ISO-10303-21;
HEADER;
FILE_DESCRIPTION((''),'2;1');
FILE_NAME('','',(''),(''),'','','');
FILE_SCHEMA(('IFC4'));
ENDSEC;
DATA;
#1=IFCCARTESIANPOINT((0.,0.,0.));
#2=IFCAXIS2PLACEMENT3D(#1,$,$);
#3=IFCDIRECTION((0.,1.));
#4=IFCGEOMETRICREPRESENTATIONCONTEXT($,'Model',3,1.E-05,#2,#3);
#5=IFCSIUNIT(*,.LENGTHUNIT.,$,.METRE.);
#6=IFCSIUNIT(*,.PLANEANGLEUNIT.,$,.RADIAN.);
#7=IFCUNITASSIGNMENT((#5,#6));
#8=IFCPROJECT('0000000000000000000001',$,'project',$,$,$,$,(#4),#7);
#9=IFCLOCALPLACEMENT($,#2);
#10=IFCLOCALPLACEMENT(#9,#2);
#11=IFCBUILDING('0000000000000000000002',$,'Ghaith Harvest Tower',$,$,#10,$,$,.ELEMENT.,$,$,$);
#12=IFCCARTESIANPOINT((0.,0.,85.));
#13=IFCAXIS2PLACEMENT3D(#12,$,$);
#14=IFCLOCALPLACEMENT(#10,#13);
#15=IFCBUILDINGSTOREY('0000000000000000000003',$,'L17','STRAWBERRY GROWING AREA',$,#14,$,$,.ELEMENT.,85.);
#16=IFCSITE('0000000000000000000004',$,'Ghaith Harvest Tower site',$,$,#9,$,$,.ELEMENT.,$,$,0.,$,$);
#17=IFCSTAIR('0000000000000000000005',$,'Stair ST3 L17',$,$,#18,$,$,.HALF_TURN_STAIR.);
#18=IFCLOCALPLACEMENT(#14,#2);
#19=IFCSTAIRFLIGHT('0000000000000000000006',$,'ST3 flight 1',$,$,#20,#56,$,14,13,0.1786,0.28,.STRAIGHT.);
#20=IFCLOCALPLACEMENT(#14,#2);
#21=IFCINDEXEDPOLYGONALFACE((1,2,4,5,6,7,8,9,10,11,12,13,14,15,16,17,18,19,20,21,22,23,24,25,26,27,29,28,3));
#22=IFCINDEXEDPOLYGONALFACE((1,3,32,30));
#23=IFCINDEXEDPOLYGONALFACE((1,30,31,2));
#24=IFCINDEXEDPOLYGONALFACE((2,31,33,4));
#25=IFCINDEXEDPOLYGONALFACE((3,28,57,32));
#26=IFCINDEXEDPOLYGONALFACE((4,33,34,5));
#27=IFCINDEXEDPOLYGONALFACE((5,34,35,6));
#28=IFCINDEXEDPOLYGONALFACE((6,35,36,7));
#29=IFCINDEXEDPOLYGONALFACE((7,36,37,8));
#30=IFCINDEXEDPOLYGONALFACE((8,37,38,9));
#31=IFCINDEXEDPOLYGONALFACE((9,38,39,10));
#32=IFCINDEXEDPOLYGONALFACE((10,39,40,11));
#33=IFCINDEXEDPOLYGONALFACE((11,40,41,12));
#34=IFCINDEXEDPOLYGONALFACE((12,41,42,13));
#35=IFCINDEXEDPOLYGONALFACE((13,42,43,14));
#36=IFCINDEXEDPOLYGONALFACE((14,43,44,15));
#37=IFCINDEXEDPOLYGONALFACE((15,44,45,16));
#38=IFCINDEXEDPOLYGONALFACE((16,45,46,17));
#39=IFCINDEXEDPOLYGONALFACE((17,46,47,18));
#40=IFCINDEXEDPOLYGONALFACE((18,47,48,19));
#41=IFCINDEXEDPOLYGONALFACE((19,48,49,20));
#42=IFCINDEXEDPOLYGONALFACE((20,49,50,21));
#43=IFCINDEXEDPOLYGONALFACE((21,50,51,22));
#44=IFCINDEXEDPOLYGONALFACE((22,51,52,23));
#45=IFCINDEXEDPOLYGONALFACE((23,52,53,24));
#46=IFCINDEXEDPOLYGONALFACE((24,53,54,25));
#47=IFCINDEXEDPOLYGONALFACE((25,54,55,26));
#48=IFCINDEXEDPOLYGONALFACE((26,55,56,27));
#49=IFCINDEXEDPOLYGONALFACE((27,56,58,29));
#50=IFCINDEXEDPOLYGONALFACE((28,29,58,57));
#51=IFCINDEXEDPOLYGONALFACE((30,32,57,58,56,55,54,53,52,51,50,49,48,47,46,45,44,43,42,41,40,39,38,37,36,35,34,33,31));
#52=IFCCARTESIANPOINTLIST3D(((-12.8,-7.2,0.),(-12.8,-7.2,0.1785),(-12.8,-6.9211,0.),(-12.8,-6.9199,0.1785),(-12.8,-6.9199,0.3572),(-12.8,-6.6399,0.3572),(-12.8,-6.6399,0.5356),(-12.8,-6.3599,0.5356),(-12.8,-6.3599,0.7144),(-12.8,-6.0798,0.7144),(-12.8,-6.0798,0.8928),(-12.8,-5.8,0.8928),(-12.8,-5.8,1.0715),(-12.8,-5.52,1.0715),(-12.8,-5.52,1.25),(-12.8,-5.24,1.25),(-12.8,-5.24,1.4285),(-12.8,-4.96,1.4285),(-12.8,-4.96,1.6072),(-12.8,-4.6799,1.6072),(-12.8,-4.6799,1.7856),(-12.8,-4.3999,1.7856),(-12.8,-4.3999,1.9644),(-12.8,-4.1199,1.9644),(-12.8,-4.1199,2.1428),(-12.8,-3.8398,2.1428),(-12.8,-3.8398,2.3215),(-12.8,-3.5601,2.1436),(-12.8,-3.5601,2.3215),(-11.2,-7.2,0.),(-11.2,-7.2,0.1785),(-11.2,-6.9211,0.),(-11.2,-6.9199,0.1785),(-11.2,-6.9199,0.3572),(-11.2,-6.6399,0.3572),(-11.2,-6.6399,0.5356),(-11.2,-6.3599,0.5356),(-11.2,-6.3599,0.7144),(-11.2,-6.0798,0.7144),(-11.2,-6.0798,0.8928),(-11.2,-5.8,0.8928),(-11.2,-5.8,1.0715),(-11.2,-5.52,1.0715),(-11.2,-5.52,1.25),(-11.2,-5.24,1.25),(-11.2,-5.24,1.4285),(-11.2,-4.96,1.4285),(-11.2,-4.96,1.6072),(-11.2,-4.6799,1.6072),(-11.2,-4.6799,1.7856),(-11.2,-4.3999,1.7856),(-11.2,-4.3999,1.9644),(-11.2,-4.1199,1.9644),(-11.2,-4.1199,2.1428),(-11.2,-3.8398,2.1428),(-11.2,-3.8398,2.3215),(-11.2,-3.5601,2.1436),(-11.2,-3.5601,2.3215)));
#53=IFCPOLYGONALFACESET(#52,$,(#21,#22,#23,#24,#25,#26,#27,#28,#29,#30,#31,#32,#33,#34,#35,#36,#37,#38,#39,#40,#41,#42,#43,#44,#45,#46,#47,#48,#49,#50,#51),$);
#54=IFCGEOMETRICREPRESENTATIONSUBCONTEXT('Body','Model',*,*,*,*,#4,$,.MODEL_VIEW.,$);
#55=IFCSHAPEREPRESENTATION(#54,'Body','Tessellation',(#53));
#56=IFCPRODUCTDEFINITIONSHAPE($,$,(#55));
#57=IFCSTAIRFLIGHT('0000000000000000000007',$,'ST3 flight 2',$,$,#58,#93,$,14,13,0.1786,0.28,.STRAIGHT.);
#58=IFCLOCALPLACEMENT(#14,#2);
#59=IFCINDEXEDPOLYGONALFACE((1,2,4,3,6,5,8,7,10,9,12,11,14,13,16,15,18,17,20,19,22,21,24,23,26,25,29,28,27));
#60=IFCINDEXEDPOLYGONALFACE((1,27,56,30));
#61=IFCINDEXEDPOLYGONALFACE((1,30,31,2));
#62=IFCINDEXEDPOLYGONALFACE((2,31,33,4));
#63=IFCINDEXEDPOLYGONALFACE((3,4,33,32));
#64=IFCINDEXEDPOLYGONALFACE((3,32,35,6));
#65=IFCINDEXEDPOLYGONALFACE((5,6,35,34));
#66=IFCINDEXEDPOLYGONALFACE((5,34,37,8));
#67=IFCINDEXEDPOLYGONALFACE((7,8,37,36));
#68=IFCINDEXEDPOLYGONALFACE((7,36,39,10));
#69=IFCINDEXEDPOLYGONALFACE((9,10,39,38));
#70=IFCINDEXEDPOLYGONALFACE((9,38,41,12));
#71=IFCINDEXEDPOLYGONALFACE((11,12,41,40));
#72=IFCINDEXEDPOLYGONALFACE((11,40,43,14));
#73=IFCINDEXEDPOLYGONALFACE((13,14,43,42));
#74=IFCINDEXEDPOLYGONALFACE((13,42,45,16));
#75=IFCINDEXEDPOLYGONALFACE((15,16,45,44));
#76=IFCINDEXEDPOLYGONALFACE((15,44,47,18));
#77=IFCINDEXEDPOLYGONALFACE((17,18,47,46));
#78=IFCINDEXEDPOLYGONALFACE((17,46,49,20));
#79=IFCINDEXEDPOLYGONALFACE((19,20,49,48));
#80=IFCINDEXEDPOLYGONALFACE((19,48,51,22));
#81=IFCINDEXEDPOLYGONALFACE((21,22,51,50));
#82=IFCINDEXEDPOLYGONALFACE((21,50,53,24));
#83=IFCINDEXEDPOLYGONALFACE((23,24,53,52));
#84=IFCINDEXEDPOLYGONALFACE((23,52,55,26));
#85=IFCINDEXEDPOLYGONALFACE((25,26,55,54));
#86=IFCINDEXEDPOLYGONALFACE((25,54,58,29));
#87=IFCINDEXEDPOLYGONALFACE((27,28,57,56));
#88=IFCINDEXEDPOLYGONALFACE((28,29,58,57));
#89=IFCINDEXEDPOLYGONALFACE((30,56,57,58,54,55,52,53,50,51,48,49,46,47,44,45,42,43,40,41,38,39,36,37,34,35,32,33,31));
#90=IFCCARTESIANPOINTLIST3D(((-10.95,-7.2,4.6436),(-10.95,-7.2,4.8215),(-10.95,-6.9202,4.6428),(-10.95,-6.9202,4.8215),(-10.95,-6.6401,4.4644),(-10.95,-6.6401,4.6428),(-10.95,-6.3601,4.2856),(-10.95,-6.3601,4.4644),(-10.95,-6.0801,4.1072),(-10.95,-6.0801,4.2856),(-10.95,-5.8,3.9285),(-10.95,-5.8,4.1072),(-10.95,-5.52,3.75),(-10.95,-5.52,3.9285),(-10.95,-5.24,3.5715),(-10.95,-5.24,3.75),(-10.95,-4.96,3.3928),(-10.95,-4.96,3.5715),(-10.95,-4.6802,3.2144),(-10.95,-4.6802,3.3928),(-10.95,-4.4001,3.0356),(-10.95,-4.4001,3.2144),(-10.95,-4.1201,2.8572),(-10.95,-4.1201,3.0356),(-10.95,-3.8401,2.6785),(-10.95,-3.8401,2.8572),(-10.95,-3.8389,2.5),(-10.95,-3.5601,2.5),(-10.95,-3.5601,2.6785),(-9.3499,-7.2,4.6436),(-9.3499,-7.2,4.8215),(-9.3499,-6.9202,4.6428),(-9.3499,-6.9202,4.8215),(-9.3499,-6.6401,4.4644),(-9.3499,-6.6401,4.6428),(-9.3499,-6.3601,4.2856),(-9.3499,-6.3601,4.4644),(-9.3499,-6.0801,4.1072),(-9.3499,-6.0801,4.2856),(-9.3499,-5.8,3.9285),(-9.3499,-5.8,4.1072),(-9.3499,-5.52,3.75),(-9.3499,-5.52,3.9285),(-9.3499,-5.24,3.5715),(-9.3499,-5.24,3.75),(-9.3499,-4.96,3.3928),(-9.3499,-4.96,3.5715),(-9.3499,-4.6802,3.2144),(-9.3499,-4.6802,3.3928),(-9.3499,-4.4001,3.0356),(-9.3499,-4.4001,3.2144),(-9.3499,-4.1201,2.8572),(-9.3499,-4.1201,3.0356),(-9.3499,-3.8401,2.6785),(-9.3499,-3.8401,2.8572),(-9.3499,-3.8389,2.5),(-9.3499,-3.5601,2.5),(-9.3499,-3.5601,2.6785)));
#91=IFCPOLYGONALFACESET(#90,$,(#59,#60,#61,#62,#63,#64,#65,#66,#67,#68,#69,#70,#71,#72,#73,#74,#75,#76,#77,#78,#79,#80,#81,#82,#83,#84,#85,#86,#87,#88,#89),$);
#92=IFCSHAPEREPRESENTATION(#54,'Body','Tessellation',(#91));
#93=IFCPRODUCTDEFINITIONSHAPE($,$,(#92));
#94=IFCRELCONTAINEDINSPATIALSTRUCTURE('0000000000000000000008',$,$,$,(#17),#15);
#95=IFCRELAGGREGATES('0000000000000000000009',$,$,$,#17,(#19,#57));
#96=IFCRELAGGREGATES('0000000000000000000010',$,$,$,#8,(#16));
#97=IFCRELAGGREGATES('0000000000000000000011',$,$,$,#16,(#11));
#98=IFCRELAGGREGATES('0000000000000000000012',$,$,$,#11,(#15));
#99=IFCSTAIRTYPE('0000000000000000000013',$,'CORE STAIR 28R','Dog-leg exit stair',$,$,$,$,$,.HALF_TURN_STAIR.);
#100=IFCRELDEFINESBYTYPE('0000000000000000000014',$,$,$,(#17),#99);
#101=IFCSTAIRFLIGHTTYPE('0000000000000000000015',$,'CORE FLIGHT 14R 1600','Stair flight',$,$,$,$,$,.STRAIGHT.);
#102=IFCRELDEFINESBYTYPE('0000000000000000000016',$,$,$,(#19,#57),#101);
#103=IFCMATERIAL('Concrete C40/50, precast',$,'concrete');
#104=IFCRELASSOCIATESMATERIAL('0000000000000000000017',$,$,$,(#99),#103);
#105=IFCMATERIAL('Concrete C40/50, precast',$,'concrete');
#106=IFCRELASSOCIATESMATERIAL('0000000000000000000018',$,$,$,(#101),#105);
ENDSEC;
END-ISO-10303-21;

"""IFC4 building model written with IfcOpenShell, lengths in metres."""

from ifc_helpers import new_model, si_unit, direction, frame, origin, place, context, subcontext, project, spatial, polyline, outline, extrude, material, type_object, element, aggregate, save


model = new_model("IFC4")

# Units and contexts
model_context = context("Model", 3, precision=1e-05, world=origin(), true_north=direction((0.0, 1.0)))
body_context = subcontext(model_context, "Body", "Model", "MODEL_VIEW")
ifc_project = project(units=[si_unit("LENGTHUNIT", "METRE"), si_unit("PLANEANGLEUNIT", "RADIAN")], contexts=[model_context])

# Site, building, storey
site_placement = place(None, origin())
site = spatial("IfcSite", under=ifc_project, at=site_placement, Name="Ghaith Harvest Tower site", CompositionType="ELEMENT", RefElevation=0.0)
building_placement = place(site_placement, origin())
building = spatial("IfcBuilding", under=site, at=building_placement, Name="Ghaith Harvest Tower", CompositionType="ELEMENT")
storey_placement = place(building_placement, frame((0.0, 0.0, 85.0)))
storey = spatial("IfcBuildingStorey", under=building, at=storey_placement, Name="L17", Description="STRAWBERRY GROWING AREA", CompositionType="ELEMENT", Elevation=85.0)

# Stair, stair flights
ifc_material_1 = material(Name="Concrete C40/50, precast", Category="concrete")
stair_type = type_object("IfcStairType", Name="CORE STAIR 28R", Description="Dog-leg exit stair", PredefinedType="HALF_TURN_STAIR", material=ifc_material_1)
stair_placement = place(storey_placement, origin())
stair = element("IfcStair", 1, at=stair_placement, inside=storey, type_object=stair_type, Name="Stair ST3 L17", PredefinedType="HALF_TURN_STAIR")
ifc_material_2 = material(Name="Concrete C40/50, precast", Category="concrete")
stair_flight_type = type_object("IfcStairFlightType", Name="CORE FLIGHT 14R 1600", Description="Stair flight", PredefinedType="STRAIGHT", material=ifc_material_2)
stair_flight_1_placement = place(storey_placement, frame((-12.0, -7.2, 0.0), z_axis=(0.0, 0.0, 1.0), x_axis=(0.0, 1.0, 0.0)))
stair_flight_1 = element("IfcStairFlight", 2, at=stair_flight_1_placement, type_object=stair_flight_type, Name="ST3 flight 1", NumberOfRisers=14, NumberOfTreads=13, PredefinedType="STRAIGHT", RiserHeight=0.1786, TreadLength=0.28, context=body_context, shape_type="SweptSolid", body=[
    extrude(outline(polyline([(0.0, 0.0), (0.0, 0.1785), (0.28, 0.1785), (0.28, 0.3572), (0.5601, 0.3572), (0.5601, 0.5356), (0.8401, 0.5356), (0.8401, 0.7144), (1.1201, 0.7144), (1.1201, 0.8928), (1.3999, 0.8928), (1.3999, 1.0715), (1.6799, 1.0715), (1.6799, 1.25), (1.96, 1.25), (1.96, 1.4285), (2.24, 1.4285), (2.24, 1.6072), (2.52, 1.6072), (2.52, 1.7856), (2.8, 1.7856), (2.8, 1.9644), (3.0801, 1.9644), (3.0801, 2.1428), (3.3601, 2.1428), (3.3601, 2.3215), (3.6399, 2.3215), (3.6399, 2.5), (3.6399, 2.1436), (0.2788, 0.0), (0.0, 0.0)])), frame((0.0, 0.8, 0.0), z_axis=(0.0, -1.0, 0.0), x_axis=(1.0, 0.0, 0.0)), (0.0, 0.0, 1.0), 1.6001),
])
stair_flight_2_placement = place(storey_placement, frame((-10.1499, -3.5601, 2.5), z_axis=(0.0, 0.0, 1.0), x_axis=(0.0, -1.0, 0.0)))
stair_flight_2 = element("IfcStairFlight", 3, at=stair_flight_2_placement, type_object=stair_flight_type, Name="ST3 flight 2", NumberOfRisers=14, NumberOfTreads=13, PredefinedType="STRAIGHT", RiserHeight=0.1786, TreadLength=0.28, context=body_context, shape_type="SweptSolid", body=[
    extrude(outline(polyline([(0.0, 0.0), (0.0, 0.1785), (0.28, 0.1785), (0.28, 0.3572), (0.5601, 0.3572), (0.5601, 0.5356), (0.8401, 0.5356), (0.8401, 0.7144), (1.1201, 0.7144), (1.1201, 0.8928), (1.3999, 0.8928), (1.3999, 1.0715), (1.6799, 1.0715), (1.6799, 1.25), (1.96, 1.25), (1.96, 1.4285), (2.24, 1.4285), (2.24, 1.6072), (2.52, 1.6072), (2.52, 1.7856), (2.8, 1.7856), (2.8, 1.9644), (3.0801, 1.9644), (3.0801, 2.1428), (3.3601, 2.1428), (3.3601, 2.3215), (3.6399, 2.3215), (3.6399, 2.5), (3.6399, 2.1436), (0.2788, 0.0), (0.0, 0.0)])), frame((0.0, 0.8, 0.0), z_axis=(0.0, -1.0, 0.0), x_axis=(1.0, 0.0, 0.0)), (0.0, 0.0, 1.0), 1.6001),
])
aggregate(stair, [stair_flight_1, stair_flight_2])

save(model, "model.ifc")
